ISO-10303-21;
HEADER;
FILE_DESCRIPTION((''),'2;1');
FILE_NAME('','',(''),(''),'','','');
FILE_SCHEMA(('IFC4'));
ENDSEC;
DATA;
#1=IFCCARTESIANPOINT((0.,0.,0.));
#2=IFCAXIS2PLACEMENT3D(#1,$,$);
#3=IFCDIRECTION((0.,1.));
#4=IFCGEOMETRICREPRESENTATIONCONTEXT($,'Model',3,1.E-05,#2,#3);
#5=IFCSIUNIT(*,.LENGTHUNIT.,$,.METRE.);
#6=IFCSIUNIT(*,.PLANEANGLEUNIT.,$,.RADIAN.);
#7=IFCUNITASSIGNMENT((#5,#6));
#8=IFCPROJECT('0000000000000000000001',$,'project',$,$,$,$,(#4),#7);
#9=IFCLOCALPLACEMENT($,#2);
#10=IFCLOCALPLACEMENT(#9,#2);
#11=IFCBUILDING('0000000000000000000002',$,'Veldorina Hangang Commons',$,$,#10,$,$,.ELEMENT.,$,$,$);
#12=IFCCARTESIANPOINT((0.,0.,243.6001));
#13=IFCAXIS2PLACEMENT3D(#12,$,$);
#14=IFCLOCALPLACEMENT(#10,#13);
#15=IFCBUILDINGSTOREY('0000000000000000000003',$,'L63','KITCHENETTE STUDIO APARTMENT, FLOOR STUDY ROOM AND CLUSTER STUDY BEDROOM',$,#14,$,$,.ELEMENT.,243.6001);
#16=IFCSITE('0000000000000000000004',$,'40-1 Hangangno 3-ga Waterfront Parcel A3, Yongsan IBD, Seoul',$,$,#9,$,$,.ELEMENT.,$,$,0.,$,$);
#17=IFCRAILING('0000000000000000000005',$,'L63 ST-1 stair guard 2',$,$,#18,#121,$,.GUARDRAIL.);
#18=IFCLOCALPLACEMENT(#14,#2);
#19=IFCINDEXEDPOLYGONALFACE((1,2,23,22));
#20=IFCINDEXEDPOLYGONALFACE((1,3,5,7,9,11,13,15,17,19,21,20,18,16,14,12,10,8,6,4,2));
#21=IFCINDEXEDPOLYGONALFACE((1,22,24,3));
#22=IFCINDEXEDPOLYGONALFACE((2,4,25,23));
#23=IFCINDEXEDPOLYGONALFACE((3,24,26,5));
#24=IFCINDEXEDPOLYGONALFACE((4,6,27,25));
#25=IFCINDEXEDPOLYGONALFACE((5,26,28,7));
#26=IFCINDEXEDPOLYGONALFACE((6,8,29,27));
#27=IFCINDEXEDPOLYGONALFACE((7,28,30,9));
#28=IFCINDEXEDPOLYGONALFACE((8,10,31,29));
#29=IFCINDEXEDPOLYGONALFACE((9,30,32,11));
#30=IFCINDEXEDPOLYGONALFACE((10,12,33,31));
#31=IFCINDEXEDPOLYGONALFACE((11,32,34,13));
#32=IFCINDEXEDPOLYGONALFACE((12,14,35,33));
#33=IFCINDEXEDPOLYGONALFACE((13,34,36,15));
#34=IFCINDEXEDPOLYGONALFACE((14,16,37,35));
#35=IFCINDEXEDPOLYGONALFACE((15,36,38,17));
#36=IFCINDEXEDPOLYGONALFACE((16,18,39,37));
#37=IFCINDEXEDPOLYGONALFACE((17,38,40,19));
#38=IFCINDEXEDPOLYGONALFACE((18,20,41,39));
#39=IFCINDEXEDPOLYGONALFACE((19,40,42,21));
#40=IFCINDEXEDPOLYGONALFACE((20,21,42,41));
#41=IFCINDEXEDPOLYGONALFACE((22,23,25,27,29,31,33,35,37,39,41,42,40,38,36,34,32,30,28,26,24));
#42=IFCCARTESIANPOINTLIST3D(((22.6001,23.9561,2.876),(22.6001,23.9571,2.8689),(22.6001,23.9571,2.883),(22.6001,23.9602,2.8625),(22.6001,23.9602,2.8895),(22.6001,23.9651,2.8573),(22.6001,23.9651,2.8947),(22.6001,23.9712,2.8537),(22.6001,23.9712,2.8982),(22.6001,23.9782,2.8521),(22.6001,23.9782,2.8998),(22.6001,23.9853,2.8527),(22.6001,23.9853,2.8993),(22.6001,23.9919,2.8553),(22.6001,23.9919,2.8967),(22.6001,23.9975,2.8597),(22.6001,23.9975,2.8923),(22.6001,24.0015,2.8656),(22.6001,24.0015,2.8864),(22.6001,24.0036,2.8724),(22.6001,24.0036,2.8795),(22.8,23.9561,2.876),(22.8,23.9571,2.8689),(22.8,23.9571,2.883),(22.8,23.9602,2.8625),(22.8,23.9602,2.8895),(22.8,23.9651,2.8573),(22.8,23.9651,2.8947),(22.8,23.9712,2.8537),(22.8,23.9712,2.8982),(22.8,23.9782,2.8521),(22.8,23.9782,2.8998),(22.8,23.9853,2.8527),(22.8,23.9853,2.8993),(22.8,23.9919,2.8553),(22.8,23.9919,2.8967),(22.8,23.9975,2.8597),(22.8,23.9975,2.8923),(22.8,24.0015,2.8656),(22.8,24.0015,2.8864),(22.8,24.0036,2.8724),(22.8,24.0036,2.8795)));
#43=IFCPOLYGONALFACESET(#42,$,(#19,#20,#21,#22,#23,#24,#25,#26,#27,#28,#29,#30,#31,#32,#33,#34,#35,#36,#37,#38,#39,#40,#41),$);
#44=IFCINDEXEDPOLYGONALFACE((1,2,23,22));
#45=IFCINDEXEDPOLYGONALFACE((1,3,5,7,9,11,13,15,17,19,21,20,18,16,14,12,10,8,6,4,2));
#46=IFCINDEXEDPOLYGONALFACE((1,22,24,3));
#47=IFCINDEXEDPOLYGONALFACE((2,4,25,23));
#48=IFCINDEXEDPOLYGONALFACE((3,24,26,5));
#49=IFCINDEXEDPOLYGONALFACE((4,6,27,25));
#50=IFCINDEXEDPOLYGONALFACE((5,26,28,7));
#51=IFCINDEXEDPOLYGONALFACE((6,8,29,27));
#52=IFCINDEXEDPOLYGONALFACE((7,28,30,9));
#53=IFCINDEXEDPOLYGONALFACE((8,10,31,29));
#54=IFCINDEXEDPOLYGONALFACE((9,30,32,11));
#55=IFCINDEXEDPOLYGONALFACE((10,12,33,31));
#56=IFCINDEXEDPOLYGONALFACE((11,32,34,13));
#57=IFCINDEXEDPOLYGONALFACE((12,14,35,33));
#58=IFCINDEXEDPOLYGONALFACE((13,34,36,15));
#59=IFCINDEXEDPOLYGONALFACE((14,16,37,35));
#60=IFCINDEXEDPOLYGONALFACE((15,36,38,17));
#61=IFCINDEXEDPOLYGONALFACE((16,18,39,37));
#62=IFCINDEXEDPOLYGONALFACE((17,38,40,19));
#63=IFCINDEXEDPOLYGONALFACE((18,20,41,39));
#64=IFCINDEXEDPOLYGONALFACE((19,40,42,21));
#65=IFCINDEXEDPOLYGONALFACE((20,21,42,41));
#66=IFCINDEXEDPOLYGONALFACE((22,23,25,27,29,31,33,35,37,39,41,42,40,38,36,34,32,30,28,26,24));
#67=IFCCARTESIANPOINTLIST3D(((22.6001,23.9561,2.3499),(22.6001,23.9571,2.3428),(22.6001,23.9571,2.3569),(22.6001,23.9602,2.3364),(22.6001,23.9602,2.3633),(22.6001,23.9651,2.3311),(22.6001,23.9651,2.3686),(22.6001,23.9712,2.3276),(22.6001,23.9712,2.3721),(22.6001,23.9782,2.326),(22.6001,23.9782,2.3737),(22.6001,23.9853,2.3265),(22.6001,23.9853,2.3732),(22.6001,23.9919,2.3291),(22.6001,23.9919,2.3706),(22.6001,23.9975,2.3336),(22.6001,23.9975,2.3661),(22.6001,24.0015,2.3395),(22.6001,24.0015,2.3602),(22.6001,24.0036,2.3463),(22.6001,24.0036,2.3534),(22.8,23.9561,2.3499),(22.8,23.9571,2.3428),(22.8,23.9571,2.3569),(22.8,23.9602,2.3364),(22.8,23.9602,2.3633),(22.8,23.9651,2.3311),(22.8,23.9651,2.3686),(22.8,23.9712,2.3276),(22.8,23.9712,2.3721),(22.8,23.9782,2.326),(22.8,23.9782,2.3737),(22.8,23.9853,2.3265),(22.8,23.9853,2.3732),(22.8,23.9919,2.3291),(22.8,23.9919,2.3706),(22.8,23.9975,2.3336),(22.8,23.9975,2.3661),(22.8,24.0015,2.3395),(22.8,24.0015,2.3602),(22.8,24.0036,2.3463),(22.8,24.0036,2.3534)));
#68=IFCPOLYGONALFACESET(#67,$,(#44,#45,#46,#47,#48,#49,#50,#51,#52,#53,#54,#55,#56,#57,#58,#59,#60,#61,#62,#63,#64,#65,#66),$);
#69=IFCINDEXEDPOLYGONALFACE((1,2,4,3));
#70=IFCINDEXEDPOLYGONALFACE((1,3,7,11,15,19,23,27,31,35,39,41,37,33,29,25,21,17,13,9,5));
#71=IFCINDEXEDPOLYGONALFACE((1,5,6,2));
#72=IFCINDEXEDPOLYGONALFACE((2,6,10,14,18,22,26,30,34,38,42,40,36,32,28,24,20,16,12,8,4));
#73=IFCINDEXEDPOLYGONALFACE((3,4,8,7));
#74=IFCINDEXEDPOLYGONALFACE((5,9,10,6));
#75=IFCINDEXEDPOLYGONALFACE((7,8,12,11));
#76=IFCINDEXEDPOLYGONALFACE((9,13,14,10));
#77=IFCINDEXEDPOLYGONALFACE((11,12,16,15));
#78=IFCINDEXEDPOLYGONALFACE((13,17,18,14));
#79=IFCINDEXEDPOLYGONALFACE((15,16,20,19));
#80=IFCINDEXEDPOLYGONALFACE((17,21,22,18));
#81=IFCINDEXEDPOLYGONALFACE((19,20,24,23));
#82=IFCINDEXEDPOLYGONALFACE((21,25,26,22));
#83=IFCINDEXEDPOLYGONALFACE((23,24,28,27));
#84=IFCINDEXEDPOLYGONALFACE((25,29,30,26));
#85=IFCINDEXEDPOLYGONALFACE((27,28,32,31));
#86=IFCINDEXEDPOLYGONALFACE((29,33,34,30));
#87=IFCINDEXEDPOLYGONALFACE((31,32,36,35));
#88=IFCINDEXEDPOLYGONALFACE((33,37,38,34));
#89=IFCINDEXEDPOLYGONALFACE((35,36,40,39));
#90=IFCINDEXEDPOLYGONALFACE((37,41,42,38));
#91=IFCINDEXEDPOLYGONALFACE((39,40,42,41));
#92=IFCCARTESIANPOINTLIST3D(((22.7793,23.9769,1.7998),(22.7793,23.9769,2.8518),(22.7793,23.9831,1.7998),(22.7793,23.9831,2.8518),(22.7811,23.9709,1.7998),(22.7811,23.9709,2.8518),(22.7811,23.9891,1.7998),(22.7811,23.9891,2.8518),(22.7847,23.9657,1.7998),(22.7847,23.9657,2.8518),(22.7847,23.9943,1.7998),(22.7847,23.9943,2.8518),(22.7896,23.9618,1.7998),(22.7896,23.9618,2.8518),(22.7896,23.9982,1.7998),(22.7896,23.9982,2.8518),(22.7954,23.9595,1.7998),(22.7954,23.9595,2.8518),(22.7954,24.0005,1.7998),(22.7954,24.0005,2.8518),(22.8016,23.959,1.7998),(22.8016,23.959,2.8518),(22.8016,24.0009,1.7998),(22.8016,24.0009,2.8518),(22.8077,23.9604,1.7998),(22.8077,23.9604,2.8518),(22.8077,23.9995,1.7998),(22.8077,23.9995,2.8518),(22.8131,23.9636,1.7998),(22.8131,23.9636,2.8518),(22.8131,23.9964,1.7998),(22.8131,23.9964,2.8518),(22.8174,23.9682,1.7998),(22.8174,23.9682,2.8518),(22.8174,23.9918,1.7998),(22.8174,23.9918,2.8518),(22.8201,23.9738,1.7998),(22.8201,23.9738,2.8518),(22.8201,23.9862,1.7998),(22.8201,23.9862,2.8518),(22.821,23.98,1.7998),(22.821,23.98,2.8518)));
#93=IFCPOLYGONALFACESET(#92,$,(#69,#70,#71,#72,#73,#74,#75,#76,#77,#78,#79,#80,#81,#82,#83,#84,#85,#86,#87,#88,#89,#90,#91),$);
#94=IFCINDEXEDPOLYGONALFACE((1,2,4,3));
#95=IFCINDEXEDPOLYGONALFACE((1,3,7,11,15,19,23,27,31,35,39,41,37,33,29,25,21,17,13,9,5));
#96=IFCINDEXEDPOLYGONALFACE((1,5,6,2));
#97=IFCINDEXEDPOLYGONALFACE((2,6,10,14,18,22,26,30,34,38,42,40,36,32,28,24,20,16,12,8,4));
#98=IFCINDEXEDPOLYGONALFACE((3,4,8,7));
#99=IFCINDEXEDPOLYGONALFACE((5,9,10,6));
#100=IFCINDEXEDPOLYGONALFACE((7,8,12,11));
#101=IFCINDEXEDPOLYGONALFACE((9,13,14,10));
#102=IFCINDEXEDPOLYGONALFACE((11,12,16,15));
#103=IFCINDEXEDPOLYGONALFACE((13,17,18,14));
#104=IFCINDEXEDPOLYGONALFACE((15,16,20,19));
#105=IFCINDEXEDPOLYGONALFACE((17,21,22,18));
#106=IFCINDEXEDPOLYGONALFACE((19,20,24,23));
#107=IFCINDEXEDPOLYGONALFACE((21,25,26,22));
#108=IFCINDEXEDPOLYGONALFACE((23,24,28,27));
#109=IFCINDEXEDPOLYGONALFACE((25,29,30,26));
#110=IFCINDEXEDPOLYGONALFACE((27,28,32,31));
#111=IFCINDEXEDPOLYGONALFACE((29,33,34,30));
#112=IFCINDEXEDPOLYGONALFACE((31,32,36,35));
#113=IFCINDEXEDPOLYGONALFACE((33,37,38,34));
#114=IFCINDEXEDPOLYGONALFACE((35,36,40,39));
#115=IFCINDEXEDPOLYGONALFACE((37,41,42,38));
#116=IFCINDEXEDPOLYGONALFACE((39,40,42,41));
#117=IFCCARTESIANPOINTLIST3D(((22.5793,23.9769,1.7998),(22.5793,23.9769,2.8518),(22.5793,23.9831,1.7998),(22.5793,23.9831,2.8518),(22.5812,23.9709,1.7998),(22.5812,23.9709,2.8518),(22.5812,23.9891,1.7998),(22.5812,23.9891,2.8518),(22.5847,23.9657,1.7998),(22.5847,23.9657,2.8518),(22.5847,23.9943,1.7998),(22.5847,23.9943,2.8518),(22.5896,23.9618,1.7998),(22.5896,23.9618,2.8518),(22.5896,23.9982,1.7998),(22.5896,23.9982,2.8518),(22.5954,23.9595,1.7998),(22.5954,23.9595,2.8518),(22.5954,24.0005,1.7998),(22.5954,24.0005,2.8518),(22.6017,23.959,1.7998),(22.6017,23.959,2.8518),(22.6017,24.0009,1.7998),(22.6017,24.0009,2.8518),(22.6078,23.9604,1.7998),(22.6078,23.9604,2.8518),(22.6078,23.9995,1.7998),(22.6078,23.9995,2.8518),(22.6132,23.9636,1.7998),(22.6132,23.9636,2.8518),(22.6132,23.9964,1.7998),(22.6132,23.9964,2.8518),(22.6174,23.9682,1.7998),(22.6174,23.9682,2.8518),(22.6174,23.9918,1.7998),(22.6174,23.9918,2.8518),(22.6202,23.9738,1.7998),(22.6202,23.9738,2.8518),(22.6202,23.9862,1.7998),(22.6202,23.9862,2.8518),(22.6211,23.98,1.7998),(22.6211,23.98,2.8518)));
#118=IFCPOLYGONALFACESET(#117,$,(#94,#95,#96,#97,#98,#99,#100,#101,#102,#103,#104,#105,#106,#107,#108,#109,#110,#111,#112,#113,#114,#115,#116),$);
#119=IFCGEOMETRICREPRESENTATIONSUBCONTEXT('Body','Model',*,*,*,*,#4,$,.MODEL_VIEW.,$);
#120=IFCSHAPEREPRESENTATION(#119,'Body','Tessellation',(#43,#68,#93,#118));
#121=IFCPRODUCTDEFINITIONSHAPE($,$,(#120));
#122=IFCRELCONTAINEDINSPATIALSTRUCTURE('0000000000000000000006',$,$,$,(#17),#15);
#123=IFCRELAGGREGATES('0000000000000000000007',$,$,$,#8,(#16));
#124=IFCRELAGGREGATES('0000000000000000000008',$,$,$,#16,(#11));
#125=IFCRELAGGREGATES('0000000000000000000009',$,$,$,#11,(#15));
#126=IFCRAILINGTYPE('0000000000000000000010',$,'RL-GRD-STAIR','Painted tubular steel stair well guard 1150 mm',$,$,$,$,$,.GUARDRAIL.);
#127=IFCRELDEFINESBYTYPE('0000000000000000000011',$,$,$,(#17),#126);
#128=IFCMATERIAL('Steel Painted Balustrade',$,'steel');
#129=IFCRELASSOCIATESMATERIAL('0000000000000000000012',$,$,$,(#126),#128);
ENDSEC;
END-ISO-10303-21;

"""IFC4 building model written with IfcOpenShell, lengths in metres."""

from ifc_helpers import new_model, si_unit, direction, frame, origin, origin_2d, place, context, subcontext, project, spatial, circle, extrude, material, type_object, element, save


model = new_model("IFC4")

# Units and contexts
model_context = context("Model", 3, precision=1e-05, world=origin(), true_north=direction((0.0, 1.0)))
body_context = subcontext(model_context, "Body", "Model", "MODEL_VIEW")
ifc_project = project(units=[si_unit("LENGTHUNIT", "METRE"), si_unit("PLANEANGLEUNIT", "RADIAN")], contexts=[model_context])

# Site, building, storey
site_placement = place(None, origin())
site = spatial("IfcSite", under=ifc_project, at=site_placement, Name="40-1 Hangangno 3-ga Waterfront Parcel A3, Yongsan IBD, Seoul", CompositionType="ELEMENT", RefElevation=0.0)
building_placement = place(site_placement, origin())
building = spatial("IfcBuilding", under=site, at=building_placement, Name="Veldorina Hangang Commons", CompositionType="ELEMENT")
storey_placement = place(building_placement, frame((0.0, 0.0, 243.6001)))
storey = spatial("IfcBuildingStorey", under=building, at=storey_placement, Name="L63", Description="KITCHENETTE STUDIO APARTMENT, FLOOR STUDY ROOM AND CLUSTER STUDY BEDROOM", CompositionType="ELEMENT", Elevation=243.6001)

# Railing
ifc_material_1 = material(Name="Steel Painted Balustrade", Category="steel")
railing_type = type_object("IfcRailingType", Name="RL-GRD-STAIR", Description="Painted tubular steel stair well guard 1150 mm", PredefinedType="GUARDRAIL", material=ifc_material_1)
railing_1_placement = place(storey_placement, frame((22.8, 23.98, 1.7998)))
element("IfcRailing", 1, at=railing_1_placement, inside=storey, type_object=railing_type, Name="L63 ST-1 stair guard 2", PredefinedType="GUARDRAIL", context=body_context, shape_type="SweptSolid", body=[
    extrude(circle(Radius=0.0239, at=origin_2d()), frame((0.0, 0.0, 1.0762), z_axis=(-1.0, 0.0, 0.0), x_axis=(0.0, -1.0, 0.0)), (0.0, 0.0, 1.0), 0.2),
    extrude(circle(Radius=0.0239, at=origin_2d()), frame((0.0, 0.0, 0.55), z_axis=(-1.0, 0.0, 0.0), x_axis=(0.0, -1.0, 0.0)), (0.0, 0.0, 1.0), 0.2),
    extrude(circle(Radius=0.021, at=origin_2d()), origin(), (0.0, 0.0, 1.0), 1.052),
    extrude(circle(Radius=0.021, at=origin_2d()), frame((-0.2, 0.0, 0.0)), (0.0, 0.0, 1.0), 1.052),
])

save(model, "model.ifc")
